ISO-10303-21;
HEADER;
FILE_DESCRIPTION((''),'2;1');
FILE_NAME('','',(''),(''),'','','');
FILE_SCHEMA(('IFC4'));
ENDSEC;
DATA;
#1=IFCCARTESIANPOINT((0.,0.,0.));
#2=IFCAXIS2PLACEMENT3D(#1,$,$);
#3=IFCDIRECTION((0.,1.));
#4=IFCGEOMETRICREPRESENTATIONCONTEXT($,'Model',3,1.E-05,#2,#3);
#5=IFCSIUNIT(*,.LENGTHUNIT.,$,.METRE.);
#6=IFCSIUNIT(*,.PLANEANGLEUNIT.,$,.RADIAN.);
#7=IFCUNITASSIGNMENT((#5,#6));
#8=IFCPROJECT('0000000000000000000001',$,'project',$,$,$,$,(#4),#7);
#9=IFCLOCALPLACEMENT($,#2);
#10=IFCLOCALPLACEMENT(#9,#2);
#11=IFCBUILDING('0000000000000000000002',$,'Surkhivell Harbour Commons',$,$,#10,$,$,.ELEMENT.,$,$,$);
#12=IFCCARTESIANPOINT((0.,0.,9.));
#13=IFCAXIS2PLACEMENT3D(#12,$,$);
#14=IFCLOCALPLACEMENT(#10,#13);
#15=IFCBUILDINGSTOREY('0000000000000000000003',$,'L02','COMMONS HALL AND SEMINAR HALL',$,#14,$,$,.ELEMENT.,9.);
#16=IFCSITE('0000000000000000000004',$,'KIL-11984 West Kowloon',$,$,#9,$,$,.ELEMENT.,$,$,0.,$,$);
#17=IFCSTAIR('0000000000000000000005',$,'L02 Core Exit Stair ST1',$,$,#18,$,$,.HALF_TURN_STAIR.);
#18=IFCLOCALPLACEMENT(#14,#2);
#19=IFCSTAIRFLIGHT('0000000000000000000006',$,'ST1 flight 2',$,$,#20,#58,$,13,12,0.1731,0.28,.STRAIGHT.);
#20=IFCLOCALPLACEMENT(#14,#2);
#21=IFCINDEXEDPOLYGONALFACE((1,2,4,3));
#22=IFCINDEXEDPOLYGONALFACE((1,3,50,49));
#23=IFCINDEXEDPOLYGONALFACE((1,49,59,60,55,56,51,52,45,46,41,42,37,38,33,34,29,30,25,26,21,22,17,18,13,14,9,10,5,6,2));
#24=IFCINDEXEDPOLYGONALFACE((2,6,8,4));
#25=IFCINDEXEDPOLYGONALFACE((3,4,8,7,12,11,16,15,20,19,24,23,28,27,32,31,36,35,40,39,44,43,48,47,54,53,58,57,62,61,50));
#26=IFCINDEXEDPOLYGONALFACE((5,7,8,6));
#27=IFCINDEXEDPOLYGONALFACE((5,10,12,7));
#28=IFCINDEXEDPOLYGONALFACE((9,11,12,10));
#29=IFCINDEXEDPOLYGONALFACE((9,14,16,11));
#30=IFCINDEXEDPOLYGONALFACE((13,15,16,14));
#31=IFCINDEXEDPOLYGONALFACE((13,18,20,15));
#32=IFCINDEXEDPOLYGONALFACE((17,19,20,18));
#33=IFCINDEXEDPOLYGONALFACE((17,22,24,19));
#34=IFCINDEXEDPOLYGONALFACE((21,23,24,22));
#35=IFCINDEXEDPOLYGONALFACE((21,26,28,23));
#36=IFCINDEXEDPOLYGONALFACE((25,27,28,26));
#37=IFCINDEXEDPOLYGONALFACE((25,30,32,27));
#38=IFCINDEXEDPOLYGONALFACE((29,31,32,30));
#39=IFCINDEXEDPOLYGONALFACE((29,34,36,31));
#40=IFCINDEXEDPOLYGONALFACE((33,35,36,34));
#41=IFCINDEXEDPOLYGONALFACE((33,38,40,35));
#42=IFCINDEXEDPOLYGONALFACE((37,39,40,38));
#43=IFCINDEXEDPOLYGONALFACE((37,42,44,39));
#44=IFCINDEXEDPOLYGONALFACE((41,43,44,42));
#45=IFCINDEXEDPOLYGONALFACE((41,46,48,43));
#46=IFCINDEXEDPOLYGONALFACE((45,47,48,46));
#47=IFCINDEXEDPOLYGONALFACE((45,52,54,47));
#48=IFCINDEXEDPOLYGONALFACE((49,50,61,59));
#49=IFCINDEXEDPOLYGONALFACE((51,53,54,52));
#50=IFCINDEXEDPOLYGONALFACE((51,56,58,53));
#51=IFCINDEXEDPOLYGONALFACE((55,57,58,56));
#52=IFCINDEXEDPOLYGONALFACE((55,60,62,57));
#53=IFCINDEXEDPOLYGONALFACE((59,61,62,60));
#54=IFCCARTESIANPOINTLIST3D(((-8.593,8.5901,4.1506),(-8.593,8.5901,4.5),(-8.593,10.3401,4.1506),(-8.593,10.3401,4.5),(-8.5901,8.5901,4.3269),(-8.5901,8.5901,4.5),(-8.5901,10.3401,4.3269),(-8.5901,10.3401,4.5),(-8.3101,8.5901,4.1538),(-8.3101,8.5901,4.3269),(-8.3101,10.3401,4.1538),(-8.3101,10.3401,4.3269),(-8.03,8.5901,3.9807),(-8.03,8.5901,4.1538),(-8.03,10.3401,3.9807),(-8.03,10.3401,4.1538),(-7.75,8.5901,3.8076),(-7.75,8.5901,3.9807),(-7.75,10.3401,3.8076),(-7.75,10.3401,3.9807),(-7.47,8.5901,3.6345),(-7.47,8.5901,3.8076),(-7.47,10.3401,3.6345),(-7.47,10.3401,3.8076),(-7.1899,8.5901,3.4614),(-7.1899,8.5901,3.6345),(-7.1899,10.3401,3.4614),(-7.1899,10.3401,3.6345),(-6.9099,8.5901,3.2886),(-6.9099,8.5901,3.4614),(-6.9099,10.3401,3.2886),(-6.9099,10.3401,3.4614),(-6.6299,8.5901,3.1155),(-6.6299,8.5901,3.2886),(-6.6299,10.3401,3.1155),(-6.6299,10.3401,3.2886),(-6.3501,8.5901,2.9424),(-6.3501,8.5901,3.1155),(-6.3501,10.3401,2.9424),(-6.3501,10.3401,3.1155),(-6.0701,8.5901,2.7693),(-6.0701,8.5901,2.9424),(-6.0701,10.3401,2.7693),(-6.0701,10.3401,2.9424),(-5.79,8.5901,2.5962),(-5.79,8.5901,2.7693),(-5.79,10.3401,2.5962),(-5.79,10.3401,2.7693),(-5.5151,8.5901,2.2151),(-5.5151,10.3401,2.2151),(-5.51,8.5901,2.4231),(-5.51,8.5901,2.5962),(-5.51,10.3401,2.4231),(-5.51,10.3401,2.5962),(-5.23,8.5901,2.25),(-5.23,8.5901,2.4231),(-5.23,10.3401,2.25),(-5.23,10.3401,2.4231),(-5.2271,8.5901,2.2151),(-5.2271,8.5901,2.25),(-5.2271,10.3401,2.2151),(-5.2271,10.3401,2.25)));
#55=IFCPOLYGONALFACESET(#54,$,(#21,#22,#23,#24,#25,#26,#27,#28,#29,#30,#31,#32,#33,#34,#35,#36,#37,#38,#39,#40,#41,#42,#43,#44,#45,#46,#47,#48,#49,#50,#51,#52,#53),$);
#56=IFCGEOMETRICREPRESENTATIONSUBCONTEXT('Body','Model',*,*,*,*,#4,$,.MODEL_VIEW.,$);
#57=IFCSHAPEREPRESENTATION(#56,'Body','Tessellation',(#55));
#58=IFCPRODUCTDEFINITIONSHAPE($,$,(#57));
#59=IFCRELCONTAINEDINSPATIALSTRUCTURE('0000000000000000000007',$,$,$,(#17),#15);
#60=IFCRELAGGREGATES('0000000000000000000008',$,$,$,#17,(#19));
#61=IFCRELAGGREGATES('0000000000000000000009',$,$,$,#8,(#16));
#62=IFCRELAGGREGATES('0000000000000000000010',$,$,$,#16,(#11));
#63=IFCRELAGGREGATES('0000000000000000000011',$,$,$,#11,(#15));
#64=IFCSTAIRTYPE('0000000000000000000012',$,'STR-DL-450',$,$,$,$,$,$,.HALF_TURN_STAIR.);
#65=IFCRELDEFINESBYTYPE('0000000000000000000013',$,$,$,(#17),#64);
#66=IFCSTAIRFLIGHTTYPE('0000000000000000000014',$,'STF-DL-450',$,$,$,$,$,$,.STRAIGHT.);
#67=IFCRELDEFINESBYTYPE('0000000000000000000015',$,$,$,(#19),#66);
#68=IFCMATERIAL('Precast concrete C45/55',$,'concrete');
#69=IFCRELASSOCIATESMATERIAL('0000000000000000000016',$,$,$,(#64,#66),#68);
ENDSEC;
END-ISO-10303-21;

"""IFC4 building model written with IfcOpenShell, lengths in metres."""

from ifc_helpers import new_model, si_unit, direction, frame, origin, place, context, subcontext, project, spatial, polyline, outline, extrude, material, type_object, element, aggregate, save


model = new_model("IFC4")

# Units and contexts
model_context = context("Model", 3, precision=1e-05, world=origin(), true_north=direction((0.0, 1.0)))
body_context = subcontext(model_context, "Body", "Model", "MODEL_VIEW")
ifc_project = project(units=[si_unit("LENGTHUNIT", "METRE"), si_unit("PLANEANGLEUNIT", "RADIAN")], contexts=[model_context])

# Site, building, storey
site_placement = place(None, origin())
site = spatial("IfcSite", under=ifc_project, at=site_placement, Name="KIL-11984 West Kowloon", CompositionType="ELEMENT", RefElevation=0.0)
building_placement = place(site_placement, origin())
building = spatial("IfcBuilding", under=site, at=building_placement, Name="Surkhivell Harbour Commons", CompositionType="ELEMENT")
storey_placement = place(building_placement, frame((0.0, 0.0, 9.0)))
storey = spatial("IfcBuildingStorey", under=building, at=storey_placement, Name="L02", Description="COMMONS HALL AND SEMINAR HALL", CompositionType="ELEMENT", Elevation=9.0)

# Stair, stair flight
ifc_material_1 = material(Name="Precast concrete C45/55", Category="concrete")
stair_type = type_object("IfcStairType", Name="STR-DL-450", PredefinedType="HALF_TURN_STAIR", material=ifc_material_1)
stair_placement = place(storey_placement, origin())
stair = element("IfcStair", 1, at=stair_placement, inside=storey, type_object=stair_type, Name="L02 Core Exit Stair ST1", PredefinedType="HALF_TURN_STAIR")
stair_flight_type = type_object("IfcStairFlightType", Name="STF-DL-450", PredefinedType="STRAIGHT", material=ifc_material_1)
stair_flight_1_placement = place(storey_placement, frame((-5.23, 9.4651, 2.25), z_axis=(0.0, 0.0, 1.0), x_axis=(-1.0, 0.0, 0.0)))
stair_flight_1 = element("IfcStairFlight", 2, at=stair_flight_1_placement, type_object=stair_flight_type, Name="ST1 flight 2", NumberOfRisers=13, NumberOfTreads=12, PredefinedType="STRAIGHT", RiserHeight=0.1731, TreadLength=0.28, context=body_context, shape_type="SweptSolid", body=[
    extrude(outline(polyline([(-0.0029, -0.0349), (-0.0029, 0.0), (0.0, 0.0), (0.0, 0.1731), (0.28, 0.1731), (0.28, 0.3462), (0.5601, 0.3462), (0.5601, 0.5193), (0.8401, 0.5193), (0.8401, 0.6924), (1.1201, 0.6924), (1.1201, 0.8655), (1.3999, 0.8655), (1.3999, 1.0386), (1.6799, 1.0386), (1.6799, 1.2114), (1.96, 1.2114), (1.96, 1.3845), (2.24, 1.3845), (2.24, 1.5576), (2.52, 1.5576), (2.52, 1.7307), (2.8, 1.7307), (2.8, 1.9038), (3.0801, 1.9038), (3.0801, 2.0769), (3.3601, 2.0769), (3.3601, 2.25), (3.363, 2.25), (3.363, 1.9006), (0.2852, -0.0349), (-0.0029, -0.0349)])), frame((0.0, 0.875, 0.0), z_axis=(0.0, -1.0, 0.0), x_axis=(1.0, 0.0, 0.0)), (0.0, 0.0, 1.0), 1.75),
])
aggregate(stair, [stair_flight_1])

save(model, "model.ifc")
